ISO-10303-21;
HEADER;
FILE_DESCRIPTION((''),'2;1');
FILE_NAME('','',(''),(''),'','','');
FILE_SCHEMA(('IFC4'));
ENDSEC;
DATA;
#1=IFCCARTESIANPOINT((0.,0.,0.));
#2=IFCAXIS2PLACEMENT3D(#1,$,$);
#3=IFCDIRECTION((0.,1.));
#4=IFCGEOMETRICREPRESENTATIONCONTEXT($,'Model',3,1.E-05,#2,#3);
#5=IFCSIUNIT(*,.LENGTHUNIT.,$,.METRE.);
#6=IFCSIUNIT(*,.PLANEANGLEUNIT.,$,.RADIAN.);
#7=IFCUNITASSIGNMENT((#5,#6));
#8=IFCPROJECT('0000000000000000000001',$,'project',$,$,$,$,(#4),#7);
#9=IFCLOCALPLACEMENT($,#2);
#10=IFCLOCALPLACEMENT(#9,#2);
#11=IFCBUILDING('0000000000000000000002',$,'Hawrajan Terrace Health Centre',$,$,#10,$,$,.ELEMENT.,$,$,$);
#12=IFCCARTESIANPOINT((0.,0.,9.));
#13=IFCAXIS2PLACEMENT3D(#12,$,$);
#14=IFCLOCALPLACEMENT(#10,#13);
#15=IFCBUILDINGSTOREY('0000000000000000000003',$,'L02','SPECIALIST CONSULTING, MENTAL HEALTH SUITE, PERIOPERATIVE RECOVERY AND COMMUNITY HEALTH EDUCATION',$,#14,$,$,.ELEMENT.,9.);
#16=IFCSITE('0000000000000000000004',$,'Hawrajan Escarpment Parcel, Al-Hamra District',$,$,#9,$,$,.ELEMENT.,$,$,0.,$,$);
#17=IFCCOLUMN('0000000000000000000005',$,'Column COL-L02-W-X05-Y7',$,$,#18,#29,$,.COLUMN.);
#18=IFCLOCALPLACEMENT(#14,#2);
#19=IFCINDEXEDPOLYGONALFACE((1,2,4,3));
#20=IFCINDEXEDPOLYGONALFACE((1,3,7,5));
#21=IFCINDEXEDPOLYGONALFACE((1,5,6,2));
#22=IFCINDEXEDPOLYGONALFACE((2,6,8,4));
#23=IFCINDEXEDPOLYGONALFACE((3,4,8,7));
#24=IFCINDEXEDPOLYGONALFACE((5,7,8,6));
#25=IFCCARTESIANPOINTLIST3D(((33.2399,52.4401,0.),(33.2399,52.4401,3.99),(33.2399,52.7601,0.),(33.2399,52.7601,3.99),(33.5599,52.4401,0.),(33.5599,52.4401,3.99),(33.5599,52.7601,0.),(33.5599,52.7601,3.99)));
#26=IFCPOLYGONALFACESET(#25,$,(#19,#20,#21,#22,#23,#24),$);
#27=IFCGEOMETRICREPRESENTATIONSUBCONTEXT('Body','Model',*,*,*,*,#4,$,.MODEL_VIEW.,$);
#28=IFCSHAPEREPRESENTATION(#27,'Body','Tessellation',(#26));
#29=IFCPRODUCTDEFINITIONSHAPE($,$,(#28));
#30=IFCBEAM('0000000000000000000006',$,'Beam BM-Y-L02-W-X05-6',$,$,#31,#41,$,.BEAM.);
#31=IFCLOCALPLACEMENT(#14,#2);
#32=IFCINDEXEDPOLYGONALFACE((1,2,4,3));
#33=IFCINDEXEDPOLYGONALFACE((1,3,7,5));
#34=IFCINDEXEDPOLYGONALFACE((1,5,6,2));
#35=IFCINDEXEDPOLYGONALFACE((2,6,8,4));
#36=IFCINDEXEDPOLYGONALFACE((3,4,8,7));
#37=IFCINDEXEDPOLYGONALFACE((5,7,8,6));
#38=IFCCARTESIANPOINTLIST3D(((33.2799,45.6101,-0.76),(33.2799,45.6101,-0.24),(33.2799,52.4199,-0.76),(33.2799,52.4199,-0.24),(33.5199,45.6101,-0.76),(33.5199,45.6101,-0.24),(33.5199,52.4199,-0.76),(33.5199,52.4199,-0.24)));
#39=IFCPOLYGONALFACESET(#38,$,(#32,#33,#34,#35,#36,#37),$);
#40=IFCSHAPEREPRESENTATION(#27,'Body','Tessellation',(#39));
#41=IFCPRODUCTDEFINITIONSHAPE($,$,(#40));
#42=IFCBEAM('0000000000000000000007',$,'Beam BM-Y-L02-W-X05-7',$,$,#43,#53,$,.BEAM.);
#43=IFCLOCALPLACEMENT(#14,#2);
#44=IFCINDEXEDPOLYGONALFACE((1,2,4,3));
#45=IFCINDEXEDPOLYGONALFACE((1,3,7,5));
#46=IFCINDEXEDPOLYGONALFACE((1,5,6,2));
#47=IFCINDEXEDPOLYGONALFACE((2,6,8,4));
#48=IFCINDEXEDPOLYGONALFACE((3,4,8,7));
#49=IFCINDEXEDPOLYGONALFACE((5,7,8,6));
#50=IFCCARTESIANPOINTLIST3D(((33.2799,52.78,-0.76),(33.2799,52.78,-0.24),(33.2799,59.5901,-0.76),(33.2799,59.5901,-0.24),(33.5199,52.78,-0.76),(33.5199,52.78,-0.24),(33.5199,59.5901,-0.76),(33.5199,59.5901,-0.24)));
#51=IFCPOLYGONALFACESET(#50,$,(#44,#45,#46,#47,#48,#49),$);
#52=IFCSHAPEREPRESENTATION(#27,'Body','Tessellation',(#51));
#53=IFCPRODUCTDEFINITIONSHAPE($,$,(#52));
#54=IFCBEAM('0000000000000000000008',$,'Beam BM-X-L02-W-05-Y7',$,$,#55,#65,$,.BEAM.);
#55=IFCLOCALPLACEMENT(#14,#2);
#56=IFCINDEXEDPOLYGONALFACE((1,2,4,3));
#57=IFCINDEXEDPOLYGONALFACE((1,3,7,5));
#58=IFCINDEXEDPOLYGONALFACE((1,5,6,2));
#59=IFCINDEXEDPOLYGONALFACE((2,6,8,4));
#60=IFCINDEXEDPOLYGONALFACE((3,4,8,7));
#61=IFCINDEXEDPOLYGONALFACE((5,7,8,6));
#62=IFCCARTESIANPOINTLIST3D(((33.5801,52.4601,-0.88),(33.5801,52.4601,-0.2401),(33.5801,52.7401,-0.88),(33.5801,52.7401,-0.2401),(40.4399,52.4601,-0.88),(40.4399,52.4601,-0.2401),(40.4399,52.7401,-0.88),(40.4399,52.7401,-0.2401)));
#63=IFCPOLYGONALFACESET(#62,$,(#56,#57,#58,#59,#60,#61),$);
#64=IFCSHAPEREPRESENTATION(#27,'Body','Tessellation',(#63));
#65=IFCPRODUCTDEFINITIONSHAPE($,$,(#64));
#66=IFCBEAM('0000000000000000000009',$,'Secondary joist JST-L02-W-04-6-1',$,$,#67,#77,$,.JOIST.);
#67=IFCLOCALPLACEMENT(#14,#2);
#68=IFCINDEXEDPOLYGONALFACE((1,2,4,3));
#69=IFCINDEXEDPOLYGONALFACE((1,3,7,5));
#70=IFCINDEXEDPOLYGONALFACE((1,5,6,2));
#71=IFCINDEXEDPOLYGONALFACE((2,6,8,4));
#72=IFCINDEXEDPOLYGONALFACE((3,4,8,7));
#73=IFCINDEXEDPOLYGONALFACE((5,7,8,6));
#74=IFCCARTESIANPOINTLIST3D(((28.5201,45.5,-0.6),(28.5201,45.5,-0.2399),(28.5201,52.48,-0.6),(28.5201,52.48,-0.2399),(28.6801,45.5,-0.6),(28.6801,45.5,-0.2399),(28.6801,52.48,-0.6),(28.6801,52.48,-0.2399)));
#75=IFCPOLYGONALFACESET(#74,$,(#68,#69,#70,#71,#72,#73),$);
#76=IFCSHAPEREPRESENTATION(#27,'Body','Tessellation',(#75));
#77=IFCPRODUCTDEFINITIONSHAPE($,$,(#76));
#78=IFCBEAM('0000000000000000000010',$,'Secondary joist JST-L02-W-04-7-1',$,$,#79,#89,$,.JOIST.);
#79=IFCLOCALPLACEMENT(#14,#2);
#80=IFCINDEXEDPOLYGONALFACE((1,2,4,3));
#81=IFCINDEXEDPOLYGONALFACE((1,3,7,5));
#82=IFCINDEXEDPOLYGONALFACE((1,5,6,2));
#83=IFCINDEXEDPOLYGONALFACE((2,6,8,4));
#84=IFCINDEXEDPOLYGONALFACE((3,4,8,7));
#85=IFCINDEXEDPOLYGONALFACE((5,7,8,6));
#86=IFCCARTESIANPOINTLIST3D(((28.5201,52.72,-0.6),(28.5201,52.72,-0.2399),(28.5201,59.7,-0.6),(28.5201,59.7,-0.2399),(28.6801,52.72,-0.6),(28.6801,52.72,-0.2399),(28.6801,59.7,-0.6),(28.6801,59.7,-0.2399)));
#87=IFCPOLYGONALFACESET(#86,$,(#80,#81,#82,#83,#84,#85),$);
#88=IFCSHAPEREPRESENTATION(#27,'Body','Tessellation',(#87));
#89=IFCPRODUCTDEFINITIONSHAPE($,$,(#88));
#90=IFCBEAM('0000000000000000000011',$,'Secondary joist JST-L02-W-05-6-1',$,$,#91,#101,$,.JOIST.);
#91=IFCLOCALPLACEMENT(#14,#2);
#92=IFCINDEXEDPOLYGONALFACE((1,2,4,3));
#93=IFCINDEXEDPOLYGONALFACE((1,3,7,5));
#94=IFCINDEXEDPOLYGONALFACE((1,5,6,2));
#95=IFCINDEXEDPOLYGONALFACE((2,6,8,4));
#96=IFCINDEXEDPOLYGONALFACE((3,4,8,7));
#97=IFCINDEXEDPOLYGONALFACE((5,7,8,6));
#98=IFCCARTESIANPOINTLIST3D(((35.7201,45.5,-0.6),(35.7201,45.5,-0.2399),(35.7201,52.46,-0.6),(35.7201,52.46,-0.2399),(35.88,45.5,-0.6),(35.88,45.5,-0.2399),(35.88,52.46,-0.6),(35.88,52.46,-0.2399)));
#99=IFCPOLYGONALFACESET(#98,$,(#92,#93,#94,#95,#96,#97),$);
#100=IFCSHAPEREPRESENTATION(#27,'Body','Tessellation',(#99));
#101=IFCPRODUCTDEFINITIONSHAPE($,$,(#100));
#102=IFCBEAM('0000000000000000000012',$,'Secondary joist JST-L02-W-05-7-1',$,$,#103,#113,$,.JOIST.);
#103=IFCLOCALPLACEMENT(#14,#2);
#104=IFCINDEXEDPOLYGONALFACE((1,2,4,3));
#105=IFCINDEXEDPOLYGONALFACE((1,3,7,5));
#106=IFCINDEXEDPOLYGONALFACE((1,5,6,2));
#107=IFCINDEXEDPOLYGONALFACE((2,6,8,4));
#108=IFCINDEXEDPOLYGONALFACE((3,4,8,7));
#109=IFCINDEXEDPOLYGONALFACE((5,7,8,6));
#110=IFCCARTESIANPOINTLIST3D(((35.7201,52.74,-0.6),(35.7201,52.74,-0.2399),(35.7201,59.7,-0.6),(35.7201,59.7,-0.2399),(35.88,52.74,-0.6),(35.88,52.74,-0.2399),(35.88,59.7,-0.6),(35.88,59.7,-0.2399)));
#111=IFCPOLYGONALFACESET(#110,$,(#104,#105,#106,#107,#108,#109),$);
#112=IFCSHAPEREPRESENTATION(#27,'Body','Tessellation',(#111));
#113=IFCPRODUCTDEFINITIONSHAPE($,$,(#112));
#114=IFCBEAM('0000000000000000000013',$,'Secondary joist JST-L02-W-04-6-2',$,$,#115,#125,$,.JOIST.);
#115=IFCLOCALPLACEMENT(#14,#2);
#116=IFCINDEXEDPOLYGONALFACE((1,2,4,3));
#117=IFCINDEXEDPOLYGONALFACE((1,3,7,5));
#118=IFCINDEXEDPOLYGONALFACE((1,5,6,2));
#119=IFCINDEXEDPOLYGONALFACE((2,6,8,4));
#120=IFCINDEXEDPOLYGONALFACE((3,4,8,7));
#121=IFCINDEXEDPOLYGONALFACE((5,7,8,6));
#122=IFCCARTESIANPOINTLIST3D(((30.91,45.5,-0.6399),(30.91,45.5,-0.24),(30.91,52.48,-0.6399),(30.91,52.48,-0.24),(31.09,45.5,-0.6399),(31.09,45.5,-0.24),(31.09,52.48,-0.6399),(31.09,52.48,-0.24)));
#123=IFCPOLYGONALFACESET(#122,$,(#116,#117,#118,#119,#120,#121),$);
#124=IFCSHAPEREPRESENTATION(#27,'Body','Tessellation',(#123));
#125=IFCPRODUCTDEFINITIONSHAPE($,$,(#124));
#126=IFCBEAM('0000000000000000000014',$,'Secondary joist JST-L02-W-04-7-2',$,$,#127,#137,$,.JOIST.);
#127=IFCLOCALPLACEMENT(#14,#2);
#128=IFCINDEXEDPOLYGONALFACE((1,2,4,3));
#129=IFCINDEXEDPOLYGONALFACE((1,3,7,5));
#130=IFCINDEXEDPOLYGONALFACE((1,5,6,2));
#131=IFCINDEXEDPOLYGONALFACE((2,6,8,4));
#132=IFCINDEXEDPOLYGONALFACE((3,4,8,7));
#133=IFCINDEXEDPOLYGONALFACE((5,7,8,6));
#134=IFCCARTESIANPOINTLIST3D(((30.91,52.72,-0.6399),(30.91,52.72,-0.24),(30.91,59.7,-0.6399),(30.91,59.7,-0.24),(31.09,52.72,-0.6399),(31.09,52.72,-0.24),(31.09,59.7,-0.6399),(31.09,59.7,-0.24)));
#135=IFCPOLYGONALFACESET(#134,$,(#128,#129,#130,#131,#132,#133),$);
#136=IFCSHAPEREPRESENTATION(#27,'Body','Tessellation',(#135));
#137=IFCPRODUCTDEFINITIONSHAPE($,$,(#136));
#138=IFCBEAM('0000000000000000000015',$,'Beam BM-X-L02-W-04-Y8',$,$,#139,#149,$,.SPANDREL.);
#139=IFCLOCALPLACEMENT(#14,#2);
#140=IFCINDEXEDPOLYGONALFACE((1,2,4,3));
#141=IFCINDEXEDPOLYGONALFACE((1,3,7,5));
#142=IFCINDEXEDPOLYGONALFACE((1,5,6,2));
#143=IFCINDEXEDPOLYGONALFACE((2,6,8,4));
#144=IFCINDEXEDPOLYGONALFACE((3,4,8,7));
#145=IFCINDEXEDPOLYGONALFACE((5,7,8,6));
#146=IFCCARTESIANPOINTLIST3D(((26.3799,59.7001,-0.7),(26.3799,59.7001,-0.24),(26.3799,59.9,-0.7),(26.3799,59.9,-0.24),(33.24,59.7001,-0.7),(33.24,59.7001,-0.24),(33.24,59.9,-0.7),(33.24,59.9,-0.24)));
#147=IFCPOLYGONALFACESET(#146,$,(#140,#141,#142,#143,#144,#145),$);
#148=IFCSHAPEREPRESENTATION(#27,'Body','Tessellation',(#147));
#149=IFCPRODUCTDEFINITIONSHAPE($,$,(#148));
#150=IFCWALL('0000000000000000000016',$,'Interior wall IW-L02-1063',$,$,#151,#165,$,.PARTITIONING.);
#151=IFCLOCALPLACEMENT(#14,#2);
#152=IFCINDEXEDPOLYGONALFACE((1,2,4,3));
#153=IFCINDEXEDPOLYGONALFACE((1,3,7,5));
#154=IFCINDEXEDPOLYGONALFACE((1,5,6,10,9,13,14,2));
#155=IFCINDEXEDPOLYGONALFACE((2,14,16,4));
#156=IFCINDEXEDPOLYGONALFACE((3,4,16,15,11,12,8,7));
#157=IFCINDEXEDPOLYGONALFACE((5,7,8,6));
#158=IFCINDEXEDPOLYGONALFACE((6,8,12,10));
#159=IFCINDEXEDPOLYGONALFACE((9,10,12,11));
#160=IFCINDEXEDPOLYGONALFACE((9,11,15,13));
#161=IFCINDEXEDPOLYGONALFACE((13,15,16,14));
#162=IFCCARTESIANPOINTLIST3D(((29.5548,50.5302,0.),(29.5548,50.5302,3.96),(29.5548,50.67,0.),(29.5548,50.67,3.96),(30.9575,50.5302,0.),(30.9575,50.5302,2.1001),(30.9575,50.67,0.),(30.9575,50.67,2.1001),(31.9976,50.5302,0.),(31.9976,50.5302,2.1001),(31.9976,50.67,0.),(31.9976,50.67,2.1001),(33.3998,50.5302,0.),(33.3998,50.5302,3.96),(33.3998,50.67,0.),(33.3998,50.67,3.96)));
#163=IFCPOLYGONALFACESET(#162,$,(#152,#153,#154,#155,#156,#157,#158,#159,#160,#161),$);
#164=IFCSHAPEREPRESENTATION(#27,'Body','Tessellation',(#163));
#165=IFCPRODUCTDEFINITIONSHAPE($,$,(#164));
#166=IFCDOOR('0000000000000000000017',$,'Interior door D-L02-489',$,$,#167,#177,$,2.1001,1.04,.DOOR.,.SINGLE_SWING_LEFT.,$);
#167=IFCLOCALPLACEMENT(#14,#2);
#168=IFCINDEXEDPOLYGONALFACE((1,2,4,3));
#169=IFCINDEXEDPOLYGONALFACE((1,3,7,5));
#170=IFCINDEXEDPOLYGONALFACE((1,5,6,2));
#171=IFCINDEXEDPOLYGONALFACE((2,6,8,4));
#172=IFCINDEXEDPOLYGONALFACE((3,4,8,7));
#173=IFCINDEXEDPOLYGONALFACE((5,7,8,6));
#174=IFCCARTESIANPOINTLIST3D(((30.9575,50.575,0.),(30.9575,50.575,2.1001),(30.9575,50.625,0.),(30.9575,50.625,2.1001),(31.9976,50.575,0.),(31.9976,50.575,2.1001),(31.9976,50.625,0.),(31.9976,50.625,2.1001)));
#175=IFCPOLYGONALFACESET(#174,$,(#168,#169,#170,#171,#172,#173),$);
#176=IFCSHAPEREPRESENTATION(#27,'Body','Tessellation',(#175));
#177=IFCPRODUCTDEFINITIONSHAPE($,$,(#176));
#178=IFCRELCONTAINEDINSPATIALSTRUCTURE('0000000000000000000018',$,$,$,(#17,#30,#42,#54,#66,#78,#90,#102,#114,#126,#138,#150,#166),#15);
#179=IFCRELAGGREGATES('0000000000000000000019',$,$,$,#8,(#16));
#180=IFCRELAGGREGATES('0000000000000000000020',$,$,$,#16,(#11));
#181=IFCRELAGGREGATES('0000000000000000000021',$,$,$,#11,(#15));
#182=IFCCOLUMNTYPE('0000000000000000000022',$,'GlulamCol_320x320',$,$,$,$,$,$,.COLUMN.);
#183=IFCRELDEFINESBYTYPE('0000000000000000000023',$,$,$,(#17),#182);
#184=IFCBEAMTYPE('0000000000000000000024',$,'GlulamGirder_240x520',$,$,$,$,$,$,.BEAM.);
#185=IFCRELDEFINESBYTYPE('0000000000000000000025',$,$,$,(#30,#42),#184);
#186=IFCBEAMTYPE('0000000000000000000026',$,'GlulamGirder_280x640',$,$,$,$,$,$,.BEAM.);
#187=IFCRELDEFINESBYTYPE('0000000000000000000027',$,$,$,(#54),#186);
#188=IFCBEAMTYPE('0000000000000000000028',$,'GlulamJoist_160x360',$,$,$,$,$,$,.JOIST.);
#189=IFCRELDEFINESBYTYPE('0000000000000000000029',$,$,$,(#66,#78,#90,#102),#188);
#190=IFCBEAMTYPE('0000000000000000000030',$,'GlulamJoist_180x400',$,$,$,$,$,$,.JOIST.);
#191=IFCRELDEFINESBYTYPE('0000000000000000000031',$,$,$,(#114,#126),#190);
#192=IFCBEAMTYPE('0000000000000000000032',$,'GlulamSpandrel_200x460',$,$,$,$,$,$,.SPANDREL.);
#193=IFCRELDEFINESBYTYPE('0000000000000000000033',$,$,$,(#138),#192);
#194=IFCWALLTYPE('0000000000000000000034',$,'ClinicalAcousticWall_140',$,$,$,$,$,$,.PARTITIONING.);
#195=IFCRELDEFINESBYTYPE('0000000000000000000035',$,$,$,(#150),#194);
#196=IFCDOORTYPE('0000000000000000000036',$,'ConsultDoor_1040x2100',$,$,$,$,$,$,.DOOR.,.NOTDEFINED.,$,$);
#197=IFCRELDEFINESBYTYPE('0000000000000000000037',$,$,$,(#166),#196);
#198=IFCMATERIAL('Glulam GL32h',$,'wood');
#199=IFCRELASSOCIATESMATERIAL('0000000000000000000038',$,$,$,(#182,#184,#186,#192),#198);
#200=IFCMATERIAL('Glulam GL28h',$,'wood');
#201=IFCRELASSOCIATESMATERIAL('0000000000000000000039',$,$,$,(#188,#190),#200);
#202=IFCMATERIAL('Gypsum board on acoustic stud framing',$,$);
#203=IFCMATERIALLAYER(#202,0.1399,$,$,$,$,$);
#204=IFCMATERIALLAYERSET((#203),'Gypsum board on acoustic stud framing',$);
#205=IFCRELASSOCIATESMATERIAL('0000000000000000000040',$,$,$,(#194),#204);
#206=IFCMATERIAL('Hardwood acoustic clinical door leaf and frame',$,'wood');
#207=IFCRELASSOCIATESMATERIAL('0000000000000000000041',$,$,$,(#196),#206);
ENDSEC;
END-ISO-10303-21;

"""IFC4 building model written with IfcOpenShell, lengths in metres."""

from ifc_helpers import new_model, si_unit, direction, frame, frame_2d, origin, origin_2d, place, context, subcontext, project, spatial, rectangle, extrude, material, layer, layer_set, material_profile, profile_set, type_object, element, fill, save


model = new_model("IFC4")

# Units and contexts
model_context = context("Model", 3, precision=1e-05, world=origin(), true_north=direction((0.0, 1.0)))
body_context = subcontext(model_context, "Body", "Model", "MODEL_VIEW")
ifc_project = project(units=[si_unit("LENGTHUNIT", "METRE"), si_unit("PLANEANGLEUNIT", "RADIAN")], contexts=[model_context])

# Site, building, storey
site_placement = place(None, origin())
site = spatial("IfcSite", under=ifc_project, at=site_placement, Name="Hawrajan Escarpment Parcel, Al-Hamra District", CompositionType="ELEMENT", RefElevation=0.0)
building_placement = place(site_placement, origin())
building = spatial("IfcBuilding", under=site, at=building_placement, Name="Hawrajan Terrace Health Centre", CompositionType="ELEMENT")
storey_placement = place(building_placement, frame((0.0, 0.0, 9.0)))
storey = spatial("IfcBuildingStorey", under=building, at=storey_placement, Name="L02", Description="SPECIALIST CONSULTING, MENTAL HEALTH SUITE, PERIOPERATIVE RECOVERY AND COMMUNITY HEALTH EDUCATION", CompositionType="ELEMENT", Elevation=9.0)

# Column
ifc_material_1 = material(Name="Glulam GL32h", Category="wood")
ifc_material_profile_1 = material_profile(ifc_material_1, rectangle(XDim=0.3201, YDim=0.3201, at=origin_2d()), Name="GL 320x320")
ifc_profile_set_1 = profile_set([ifc_material_profile_1], Name="Glulam GL32h")
column_type = type_object("IfcColumnType", Name="GlulamCol_320x320", PredefinedType="COLUMN", material=ifc_profile_set_1)
column_placement = place(storey_placement, frame((33.3999, 52.6001, 0.0), z_axis=(0.0, 0.0, 1.0), x_axis=(1.0, 0.0, 0.0)))
element("IfcColumn", 1, at=column_placement, inside=storey, type_object=column_type, Name="Column COL-L02-W-X05-Y7", PredefinedType="COLUMN", context=body_context, shape_type="SweptSolid", body=[
    extrude(rectangle(XDim=0.3201, YDim=0.3201, at=origin_2d()), origin(), (0.0, 0.0, 1.0), 3.99),
])

# Beams
ifc_material_profile_2 = material_profile(ifc_material_1, rectangle(XDim=0.24, YDim=0.52, at=origin_2d()), Name="GL BM 240x520")
ifc_profile_set_2 = profile_set([ifc_material_profile_2], Name="Glulam GL32h")
beam_type_1 = type_object("IfcBeamType", Name="GlulamGirder_240x520", PredefinedType="BEAM", material=ifc_profile_set_2)
beam_1_placement = place(storey_placement, frame((33.3999, 45.6101, -0.5), z_axis=(0.0, 1.0, 0.0), x_axis=(-1.0, 0.0, 0.0)))
element("IfcBeam", 2, at=beam_1_placement, inside=storey, type_object=beam_type_1, Name="Beam BM-Y-L02-W-X05-6", PredefinedType="BEAM", context=body_context, shape_type="SweptSolid", body=[
    extrude(rectangle(XDim=0.24, YDim=0.52, at=origin_2d()), origin(), (0.0, 0.0, 1.0), 6.8098),
])
beam_2_placement = place(storey_placement, frame((33.3999, 52.78, -0.5), z_axis=(0.0, 1.0, 0.0), x_axis=(-1.0, 0.0, 0.0)))
element("IfcBeam", 3, at=beam_2_placement, inside=storey, type_object=beam_type_1, Name="Beam BM-Y-L02-W-X05-7", PredefinedType="BEAM", context=body_context, shape_type="SweptSolid", body=[
    extrude(rectangle(XDim=0.24, YDim=0.52, at=origin_2d()), origin(), (0.0, 0.0, 1.0), 6.8101),
])
ifc_material_profile_3 = material_profile(ifc_material_1, rectangle(XDim=0.28, YDim=0.6399, at=origin_2d()), Name="GL BM 280x640")
ifc_profile_set_3 = profile_set([ifc_material_profile_3], Name="Glulam GL32h")
beam_type_2 = type_object("IfcBeamType", Name="GlulamGirder_280x640", PredefinedType="BEAM", material=ifc_profile_set_3)
beam_3_placement = place(storey_placement, frame((33.5801, 52.6001, -0.5601), z_axis=(1.0, 0.0, 0.0), x_axis=(0.0, 1.0, 0.0)))
element("IfcBeam", 4, at=beam_3_placement, inside=storey, type_object=beam_type_2, Name="Beam BM-X-L02-W-05-Y7", PredefinedType="BEAM", context=body_context, shape_type="SweptSolid", body=[
    extrude(rectangle(XDim=0.28, YDim=0.6399, at=origin_2d()), origin(), (0.0, 0.0, 1.0), 6.8599),
])
ifc_material_2 = material(Name="Glulam GL28h", Category="wood")
ifc_material_profile_4 = material_profile(ifc_material_2, rectangle(XDim=0.1599, YDim=0.3601, at=origin_2d()), Name="GL JST 160x360")
ifc_profile_set_4 = profile_set([ifc_material_profile_4], Name="Glulam GL28h")
beam_type_3 = type_object("IfcBeamType", Name="GlulamJoist_160x360", PredefinedType="JOIST", material=ifc_profile_set_4)
for number, where, z_axis, x_axis, name in (
    (5, (28.6001, 45.5, -0.4199), (0.0, 1.0, 0.0), (-1.0, 0.0, 0.0), "Secondary joist JST-L02-W-04-6-1"),
    (6, (28.6001, 52.72, -0.4199), (0.0, 1.0, 0.0), (-1.0, 0.0, 0.0), "Secondary joist JST-L02-W-04-7-1"),
):
    element("IfcBeam", number, at=place(storey_placement, frame(where, z_axis=z_axis, x_axis=x_axis)), inside=storey, type_object=beam_type_3, Name=name, PredefinedType="JOIST", context=body_context, shape_type="SweptSolid", body=[
        extrude(rectangle(XDim=0.1599, YDim=0.3601, at=origin_2d()), origin(), (0.0, 0.0, 1.0), 6.98),
    ])
for number, where, z_axis, x_axis, name in (
    (7, (35.8, 45.5, -0.4199), (0.0, 1.0, 0.0), (-1.0, 0.0, 0.0), "Secondary joist JST-L02-W-05-6-1"),
    (8, (35.8, 52.74, -0.4199), (0.0, 1.0, 0.0), (-1.0, 0.0, 0.0), "Secondary joist JST-L02-W-05-7-1"),
):
    element("IfcBeam", number, at=place(storey_placement, frame(where, z_axis=z_axis, x_axis=x_axis)), inside=storey, type_object=beam_type_3, Name=name, PredefinedType="JOIST", context=body_context, shape_type="SweptSolid", body=[
        extrude(rectangle(XDim=0.1599, YDim=0.3601, at=origin_2d()), origin(), (0.0, 0.0, 1.0), 6.96),
    ])
ifc_material_profile_5 = material_profile(ifc_material_2, rectangle(XDim=0.1799, YDim=0.3999, at=origin_2d()), Name="GL JST 180x400")
ifc_profile_set_5 = profile_set([ifc_material_profile_5], Name="Glulam GL28h")
beam_type_4 = type_object("IfcBeamType", Name="GlulamJoist_180x400", PredefinedType="JOIST", material=ifc_profile_set_5)
for number, where, z_axis, x_axis, name in (
    (9, (31.0, 45.5, -0.4399), (0.0, 1.0, 0.0), (-1.0, 0.0, 0.0), "Secondary joist JST-L02-W-04-6-2"),
    (10, (31.0, 52.72, -0.4399), (0.0, 1.0, 0.0), (-1.0, 0.0, 0.0), "Secondary joist JST-L02-W-04-7-2"),
):
    element("IfcBeam", number, at=place(storey_placement, frame(where, z_axis=z_axis, x_axis=x_axis)), inside=storey, type_object=beam_type_4, Name=name, PredefinedType="JOIST", context=body_context, shape_type="SweptSolid", body=[
        extrude(rectangle(XDim=0.1799, YDim=0.3999, at=origin_2d()), origin(), (0.0, 0.0, 1.0), 6.98),
    ])
ifc_material_profile_6 = material_profile(ifc_material_1, rectangle(XDim=0.2, YDim=0.46, at=origin_2d()), Name="GL SP 200x460")
ifc_profile_set_6 = profile_set([ifc_material_profile_6], Name="Glulam GL32h")
beam_type_5 = type_object("IfcBeamType", Name="GlulamSpandrel_200x460", PredefinedType="SPANDREL", material=ifc_profile_set_6)
beam_4_placement = place(storey_placement, frame((26.3799, 59.8, -0.47), z_axis=(1.0, 0.0, 0.0), x_axis=(0.0, 1.0, 0.0)))
element("IfcBeam", 11, at=beam_4_placement, inside=storey, type_object=beam_type_5, Name="Beam BM-X-L02-W-04-Y8", PredefinedType="SPANDREL", context=body_context, shape_type="SweptSolid", body=[
    extrude(rectangle(XDim=0.2, YDim=0.46, at=origin_2d()), origin(), (0.0, 0.0, 1.0), 6.8601),
])

# Wall, opening, door
ifc_material_3 = material(Name="Gypsum board on acoustic stud framing")
ifc_layer_1 = layer(ifc_material_3, 0.1399)
ifc_layer_set_1 = layer_set([ifc_layer_1], Name="Gypsum board on acoustic stud framing")
wall_type_1 = type_object("IfcWallType", Name="ClinicalAcousticWall_140", PredefinedType="PARTITIONING", material=ifc_layer_set_1)
wall_1_placement = place(storey_placement, frame((29.5549, 50.6001, 0.0), z_axis=(0.0, 0.0, 1.0), x_axis=(1.0, 0.0, 0.0)))
wall_1 = element("IfcWall", 12, at=wall_1_placement, inside=storey, type_object=wall_type_1, Name="Interior wall IW-L02-1063", PredefinedType="PARTITIONING", context=body_context, shape_type="SweptSolid", body=[
    extrude(rectangle(XDim=3.845, YDim=0.1399, at=frame_2d((1.9224, 0.0))), origin(), (0.0, 0.0, 1.0), 3.96),
])
opening_1_placement = place(wall_1_placement, frame((1.4026, 0.0, 0.0)))
opening_1 = element("IfcOpeningElement", 13, at=opening_1_placement, cuts=wall_1, PredefinedType="OPENING", context=body_context, shape_type="SweptSolid", body=[
    extrude(rectangle(XDim=1.04, YDim=2.1001, at=frame_2d((0.52, 1.05))), frame((0.0, 0.0798, 0.0), z_axis=(0.0, -1.0, 0.0), x_axis=(1.0, 0.0, 0.0)), (0.0, 0.0, 1.0), 0.1599),
])
ifc_material_4 = material(Name="Hardwood acoustic clinical door leaf and frame", Category="wood")
door_type_1 = type_object("IfcDoorType", Name="ConsultDoor_1040x2100", OperationType="NOTDEFINED", PredefinedType="DOOR", material=ifc_material_4)
door_1_placement = place(opening_1_placement, origin())
door_1 = element("IfcDoor", 14, at=door_1_placement, inside=storey, type_object=door_type_1, Name="Interior door D-L02-489", OperationType="SINGLE_SWING_LEFT", OverallHeight=2.1001, OverallWidth=1.04, PredefinedType="DOOR", context=body_context, shape_type="SweptSolid", body=[
    extrude(rectangle(XDim=1.04, YDim=2.1001, at=frame_2d((0.52, 1.05))), frame((0.0, 0.0249, 0.0), z_axis=(0.0, -1.0, 0.0), x_axis=(1.0, 0.0, 0.0)), (0.0, 0.0, 1.0), 0.05),
])
fill(opening_1, door_1)

save(model, "model.ifc")
